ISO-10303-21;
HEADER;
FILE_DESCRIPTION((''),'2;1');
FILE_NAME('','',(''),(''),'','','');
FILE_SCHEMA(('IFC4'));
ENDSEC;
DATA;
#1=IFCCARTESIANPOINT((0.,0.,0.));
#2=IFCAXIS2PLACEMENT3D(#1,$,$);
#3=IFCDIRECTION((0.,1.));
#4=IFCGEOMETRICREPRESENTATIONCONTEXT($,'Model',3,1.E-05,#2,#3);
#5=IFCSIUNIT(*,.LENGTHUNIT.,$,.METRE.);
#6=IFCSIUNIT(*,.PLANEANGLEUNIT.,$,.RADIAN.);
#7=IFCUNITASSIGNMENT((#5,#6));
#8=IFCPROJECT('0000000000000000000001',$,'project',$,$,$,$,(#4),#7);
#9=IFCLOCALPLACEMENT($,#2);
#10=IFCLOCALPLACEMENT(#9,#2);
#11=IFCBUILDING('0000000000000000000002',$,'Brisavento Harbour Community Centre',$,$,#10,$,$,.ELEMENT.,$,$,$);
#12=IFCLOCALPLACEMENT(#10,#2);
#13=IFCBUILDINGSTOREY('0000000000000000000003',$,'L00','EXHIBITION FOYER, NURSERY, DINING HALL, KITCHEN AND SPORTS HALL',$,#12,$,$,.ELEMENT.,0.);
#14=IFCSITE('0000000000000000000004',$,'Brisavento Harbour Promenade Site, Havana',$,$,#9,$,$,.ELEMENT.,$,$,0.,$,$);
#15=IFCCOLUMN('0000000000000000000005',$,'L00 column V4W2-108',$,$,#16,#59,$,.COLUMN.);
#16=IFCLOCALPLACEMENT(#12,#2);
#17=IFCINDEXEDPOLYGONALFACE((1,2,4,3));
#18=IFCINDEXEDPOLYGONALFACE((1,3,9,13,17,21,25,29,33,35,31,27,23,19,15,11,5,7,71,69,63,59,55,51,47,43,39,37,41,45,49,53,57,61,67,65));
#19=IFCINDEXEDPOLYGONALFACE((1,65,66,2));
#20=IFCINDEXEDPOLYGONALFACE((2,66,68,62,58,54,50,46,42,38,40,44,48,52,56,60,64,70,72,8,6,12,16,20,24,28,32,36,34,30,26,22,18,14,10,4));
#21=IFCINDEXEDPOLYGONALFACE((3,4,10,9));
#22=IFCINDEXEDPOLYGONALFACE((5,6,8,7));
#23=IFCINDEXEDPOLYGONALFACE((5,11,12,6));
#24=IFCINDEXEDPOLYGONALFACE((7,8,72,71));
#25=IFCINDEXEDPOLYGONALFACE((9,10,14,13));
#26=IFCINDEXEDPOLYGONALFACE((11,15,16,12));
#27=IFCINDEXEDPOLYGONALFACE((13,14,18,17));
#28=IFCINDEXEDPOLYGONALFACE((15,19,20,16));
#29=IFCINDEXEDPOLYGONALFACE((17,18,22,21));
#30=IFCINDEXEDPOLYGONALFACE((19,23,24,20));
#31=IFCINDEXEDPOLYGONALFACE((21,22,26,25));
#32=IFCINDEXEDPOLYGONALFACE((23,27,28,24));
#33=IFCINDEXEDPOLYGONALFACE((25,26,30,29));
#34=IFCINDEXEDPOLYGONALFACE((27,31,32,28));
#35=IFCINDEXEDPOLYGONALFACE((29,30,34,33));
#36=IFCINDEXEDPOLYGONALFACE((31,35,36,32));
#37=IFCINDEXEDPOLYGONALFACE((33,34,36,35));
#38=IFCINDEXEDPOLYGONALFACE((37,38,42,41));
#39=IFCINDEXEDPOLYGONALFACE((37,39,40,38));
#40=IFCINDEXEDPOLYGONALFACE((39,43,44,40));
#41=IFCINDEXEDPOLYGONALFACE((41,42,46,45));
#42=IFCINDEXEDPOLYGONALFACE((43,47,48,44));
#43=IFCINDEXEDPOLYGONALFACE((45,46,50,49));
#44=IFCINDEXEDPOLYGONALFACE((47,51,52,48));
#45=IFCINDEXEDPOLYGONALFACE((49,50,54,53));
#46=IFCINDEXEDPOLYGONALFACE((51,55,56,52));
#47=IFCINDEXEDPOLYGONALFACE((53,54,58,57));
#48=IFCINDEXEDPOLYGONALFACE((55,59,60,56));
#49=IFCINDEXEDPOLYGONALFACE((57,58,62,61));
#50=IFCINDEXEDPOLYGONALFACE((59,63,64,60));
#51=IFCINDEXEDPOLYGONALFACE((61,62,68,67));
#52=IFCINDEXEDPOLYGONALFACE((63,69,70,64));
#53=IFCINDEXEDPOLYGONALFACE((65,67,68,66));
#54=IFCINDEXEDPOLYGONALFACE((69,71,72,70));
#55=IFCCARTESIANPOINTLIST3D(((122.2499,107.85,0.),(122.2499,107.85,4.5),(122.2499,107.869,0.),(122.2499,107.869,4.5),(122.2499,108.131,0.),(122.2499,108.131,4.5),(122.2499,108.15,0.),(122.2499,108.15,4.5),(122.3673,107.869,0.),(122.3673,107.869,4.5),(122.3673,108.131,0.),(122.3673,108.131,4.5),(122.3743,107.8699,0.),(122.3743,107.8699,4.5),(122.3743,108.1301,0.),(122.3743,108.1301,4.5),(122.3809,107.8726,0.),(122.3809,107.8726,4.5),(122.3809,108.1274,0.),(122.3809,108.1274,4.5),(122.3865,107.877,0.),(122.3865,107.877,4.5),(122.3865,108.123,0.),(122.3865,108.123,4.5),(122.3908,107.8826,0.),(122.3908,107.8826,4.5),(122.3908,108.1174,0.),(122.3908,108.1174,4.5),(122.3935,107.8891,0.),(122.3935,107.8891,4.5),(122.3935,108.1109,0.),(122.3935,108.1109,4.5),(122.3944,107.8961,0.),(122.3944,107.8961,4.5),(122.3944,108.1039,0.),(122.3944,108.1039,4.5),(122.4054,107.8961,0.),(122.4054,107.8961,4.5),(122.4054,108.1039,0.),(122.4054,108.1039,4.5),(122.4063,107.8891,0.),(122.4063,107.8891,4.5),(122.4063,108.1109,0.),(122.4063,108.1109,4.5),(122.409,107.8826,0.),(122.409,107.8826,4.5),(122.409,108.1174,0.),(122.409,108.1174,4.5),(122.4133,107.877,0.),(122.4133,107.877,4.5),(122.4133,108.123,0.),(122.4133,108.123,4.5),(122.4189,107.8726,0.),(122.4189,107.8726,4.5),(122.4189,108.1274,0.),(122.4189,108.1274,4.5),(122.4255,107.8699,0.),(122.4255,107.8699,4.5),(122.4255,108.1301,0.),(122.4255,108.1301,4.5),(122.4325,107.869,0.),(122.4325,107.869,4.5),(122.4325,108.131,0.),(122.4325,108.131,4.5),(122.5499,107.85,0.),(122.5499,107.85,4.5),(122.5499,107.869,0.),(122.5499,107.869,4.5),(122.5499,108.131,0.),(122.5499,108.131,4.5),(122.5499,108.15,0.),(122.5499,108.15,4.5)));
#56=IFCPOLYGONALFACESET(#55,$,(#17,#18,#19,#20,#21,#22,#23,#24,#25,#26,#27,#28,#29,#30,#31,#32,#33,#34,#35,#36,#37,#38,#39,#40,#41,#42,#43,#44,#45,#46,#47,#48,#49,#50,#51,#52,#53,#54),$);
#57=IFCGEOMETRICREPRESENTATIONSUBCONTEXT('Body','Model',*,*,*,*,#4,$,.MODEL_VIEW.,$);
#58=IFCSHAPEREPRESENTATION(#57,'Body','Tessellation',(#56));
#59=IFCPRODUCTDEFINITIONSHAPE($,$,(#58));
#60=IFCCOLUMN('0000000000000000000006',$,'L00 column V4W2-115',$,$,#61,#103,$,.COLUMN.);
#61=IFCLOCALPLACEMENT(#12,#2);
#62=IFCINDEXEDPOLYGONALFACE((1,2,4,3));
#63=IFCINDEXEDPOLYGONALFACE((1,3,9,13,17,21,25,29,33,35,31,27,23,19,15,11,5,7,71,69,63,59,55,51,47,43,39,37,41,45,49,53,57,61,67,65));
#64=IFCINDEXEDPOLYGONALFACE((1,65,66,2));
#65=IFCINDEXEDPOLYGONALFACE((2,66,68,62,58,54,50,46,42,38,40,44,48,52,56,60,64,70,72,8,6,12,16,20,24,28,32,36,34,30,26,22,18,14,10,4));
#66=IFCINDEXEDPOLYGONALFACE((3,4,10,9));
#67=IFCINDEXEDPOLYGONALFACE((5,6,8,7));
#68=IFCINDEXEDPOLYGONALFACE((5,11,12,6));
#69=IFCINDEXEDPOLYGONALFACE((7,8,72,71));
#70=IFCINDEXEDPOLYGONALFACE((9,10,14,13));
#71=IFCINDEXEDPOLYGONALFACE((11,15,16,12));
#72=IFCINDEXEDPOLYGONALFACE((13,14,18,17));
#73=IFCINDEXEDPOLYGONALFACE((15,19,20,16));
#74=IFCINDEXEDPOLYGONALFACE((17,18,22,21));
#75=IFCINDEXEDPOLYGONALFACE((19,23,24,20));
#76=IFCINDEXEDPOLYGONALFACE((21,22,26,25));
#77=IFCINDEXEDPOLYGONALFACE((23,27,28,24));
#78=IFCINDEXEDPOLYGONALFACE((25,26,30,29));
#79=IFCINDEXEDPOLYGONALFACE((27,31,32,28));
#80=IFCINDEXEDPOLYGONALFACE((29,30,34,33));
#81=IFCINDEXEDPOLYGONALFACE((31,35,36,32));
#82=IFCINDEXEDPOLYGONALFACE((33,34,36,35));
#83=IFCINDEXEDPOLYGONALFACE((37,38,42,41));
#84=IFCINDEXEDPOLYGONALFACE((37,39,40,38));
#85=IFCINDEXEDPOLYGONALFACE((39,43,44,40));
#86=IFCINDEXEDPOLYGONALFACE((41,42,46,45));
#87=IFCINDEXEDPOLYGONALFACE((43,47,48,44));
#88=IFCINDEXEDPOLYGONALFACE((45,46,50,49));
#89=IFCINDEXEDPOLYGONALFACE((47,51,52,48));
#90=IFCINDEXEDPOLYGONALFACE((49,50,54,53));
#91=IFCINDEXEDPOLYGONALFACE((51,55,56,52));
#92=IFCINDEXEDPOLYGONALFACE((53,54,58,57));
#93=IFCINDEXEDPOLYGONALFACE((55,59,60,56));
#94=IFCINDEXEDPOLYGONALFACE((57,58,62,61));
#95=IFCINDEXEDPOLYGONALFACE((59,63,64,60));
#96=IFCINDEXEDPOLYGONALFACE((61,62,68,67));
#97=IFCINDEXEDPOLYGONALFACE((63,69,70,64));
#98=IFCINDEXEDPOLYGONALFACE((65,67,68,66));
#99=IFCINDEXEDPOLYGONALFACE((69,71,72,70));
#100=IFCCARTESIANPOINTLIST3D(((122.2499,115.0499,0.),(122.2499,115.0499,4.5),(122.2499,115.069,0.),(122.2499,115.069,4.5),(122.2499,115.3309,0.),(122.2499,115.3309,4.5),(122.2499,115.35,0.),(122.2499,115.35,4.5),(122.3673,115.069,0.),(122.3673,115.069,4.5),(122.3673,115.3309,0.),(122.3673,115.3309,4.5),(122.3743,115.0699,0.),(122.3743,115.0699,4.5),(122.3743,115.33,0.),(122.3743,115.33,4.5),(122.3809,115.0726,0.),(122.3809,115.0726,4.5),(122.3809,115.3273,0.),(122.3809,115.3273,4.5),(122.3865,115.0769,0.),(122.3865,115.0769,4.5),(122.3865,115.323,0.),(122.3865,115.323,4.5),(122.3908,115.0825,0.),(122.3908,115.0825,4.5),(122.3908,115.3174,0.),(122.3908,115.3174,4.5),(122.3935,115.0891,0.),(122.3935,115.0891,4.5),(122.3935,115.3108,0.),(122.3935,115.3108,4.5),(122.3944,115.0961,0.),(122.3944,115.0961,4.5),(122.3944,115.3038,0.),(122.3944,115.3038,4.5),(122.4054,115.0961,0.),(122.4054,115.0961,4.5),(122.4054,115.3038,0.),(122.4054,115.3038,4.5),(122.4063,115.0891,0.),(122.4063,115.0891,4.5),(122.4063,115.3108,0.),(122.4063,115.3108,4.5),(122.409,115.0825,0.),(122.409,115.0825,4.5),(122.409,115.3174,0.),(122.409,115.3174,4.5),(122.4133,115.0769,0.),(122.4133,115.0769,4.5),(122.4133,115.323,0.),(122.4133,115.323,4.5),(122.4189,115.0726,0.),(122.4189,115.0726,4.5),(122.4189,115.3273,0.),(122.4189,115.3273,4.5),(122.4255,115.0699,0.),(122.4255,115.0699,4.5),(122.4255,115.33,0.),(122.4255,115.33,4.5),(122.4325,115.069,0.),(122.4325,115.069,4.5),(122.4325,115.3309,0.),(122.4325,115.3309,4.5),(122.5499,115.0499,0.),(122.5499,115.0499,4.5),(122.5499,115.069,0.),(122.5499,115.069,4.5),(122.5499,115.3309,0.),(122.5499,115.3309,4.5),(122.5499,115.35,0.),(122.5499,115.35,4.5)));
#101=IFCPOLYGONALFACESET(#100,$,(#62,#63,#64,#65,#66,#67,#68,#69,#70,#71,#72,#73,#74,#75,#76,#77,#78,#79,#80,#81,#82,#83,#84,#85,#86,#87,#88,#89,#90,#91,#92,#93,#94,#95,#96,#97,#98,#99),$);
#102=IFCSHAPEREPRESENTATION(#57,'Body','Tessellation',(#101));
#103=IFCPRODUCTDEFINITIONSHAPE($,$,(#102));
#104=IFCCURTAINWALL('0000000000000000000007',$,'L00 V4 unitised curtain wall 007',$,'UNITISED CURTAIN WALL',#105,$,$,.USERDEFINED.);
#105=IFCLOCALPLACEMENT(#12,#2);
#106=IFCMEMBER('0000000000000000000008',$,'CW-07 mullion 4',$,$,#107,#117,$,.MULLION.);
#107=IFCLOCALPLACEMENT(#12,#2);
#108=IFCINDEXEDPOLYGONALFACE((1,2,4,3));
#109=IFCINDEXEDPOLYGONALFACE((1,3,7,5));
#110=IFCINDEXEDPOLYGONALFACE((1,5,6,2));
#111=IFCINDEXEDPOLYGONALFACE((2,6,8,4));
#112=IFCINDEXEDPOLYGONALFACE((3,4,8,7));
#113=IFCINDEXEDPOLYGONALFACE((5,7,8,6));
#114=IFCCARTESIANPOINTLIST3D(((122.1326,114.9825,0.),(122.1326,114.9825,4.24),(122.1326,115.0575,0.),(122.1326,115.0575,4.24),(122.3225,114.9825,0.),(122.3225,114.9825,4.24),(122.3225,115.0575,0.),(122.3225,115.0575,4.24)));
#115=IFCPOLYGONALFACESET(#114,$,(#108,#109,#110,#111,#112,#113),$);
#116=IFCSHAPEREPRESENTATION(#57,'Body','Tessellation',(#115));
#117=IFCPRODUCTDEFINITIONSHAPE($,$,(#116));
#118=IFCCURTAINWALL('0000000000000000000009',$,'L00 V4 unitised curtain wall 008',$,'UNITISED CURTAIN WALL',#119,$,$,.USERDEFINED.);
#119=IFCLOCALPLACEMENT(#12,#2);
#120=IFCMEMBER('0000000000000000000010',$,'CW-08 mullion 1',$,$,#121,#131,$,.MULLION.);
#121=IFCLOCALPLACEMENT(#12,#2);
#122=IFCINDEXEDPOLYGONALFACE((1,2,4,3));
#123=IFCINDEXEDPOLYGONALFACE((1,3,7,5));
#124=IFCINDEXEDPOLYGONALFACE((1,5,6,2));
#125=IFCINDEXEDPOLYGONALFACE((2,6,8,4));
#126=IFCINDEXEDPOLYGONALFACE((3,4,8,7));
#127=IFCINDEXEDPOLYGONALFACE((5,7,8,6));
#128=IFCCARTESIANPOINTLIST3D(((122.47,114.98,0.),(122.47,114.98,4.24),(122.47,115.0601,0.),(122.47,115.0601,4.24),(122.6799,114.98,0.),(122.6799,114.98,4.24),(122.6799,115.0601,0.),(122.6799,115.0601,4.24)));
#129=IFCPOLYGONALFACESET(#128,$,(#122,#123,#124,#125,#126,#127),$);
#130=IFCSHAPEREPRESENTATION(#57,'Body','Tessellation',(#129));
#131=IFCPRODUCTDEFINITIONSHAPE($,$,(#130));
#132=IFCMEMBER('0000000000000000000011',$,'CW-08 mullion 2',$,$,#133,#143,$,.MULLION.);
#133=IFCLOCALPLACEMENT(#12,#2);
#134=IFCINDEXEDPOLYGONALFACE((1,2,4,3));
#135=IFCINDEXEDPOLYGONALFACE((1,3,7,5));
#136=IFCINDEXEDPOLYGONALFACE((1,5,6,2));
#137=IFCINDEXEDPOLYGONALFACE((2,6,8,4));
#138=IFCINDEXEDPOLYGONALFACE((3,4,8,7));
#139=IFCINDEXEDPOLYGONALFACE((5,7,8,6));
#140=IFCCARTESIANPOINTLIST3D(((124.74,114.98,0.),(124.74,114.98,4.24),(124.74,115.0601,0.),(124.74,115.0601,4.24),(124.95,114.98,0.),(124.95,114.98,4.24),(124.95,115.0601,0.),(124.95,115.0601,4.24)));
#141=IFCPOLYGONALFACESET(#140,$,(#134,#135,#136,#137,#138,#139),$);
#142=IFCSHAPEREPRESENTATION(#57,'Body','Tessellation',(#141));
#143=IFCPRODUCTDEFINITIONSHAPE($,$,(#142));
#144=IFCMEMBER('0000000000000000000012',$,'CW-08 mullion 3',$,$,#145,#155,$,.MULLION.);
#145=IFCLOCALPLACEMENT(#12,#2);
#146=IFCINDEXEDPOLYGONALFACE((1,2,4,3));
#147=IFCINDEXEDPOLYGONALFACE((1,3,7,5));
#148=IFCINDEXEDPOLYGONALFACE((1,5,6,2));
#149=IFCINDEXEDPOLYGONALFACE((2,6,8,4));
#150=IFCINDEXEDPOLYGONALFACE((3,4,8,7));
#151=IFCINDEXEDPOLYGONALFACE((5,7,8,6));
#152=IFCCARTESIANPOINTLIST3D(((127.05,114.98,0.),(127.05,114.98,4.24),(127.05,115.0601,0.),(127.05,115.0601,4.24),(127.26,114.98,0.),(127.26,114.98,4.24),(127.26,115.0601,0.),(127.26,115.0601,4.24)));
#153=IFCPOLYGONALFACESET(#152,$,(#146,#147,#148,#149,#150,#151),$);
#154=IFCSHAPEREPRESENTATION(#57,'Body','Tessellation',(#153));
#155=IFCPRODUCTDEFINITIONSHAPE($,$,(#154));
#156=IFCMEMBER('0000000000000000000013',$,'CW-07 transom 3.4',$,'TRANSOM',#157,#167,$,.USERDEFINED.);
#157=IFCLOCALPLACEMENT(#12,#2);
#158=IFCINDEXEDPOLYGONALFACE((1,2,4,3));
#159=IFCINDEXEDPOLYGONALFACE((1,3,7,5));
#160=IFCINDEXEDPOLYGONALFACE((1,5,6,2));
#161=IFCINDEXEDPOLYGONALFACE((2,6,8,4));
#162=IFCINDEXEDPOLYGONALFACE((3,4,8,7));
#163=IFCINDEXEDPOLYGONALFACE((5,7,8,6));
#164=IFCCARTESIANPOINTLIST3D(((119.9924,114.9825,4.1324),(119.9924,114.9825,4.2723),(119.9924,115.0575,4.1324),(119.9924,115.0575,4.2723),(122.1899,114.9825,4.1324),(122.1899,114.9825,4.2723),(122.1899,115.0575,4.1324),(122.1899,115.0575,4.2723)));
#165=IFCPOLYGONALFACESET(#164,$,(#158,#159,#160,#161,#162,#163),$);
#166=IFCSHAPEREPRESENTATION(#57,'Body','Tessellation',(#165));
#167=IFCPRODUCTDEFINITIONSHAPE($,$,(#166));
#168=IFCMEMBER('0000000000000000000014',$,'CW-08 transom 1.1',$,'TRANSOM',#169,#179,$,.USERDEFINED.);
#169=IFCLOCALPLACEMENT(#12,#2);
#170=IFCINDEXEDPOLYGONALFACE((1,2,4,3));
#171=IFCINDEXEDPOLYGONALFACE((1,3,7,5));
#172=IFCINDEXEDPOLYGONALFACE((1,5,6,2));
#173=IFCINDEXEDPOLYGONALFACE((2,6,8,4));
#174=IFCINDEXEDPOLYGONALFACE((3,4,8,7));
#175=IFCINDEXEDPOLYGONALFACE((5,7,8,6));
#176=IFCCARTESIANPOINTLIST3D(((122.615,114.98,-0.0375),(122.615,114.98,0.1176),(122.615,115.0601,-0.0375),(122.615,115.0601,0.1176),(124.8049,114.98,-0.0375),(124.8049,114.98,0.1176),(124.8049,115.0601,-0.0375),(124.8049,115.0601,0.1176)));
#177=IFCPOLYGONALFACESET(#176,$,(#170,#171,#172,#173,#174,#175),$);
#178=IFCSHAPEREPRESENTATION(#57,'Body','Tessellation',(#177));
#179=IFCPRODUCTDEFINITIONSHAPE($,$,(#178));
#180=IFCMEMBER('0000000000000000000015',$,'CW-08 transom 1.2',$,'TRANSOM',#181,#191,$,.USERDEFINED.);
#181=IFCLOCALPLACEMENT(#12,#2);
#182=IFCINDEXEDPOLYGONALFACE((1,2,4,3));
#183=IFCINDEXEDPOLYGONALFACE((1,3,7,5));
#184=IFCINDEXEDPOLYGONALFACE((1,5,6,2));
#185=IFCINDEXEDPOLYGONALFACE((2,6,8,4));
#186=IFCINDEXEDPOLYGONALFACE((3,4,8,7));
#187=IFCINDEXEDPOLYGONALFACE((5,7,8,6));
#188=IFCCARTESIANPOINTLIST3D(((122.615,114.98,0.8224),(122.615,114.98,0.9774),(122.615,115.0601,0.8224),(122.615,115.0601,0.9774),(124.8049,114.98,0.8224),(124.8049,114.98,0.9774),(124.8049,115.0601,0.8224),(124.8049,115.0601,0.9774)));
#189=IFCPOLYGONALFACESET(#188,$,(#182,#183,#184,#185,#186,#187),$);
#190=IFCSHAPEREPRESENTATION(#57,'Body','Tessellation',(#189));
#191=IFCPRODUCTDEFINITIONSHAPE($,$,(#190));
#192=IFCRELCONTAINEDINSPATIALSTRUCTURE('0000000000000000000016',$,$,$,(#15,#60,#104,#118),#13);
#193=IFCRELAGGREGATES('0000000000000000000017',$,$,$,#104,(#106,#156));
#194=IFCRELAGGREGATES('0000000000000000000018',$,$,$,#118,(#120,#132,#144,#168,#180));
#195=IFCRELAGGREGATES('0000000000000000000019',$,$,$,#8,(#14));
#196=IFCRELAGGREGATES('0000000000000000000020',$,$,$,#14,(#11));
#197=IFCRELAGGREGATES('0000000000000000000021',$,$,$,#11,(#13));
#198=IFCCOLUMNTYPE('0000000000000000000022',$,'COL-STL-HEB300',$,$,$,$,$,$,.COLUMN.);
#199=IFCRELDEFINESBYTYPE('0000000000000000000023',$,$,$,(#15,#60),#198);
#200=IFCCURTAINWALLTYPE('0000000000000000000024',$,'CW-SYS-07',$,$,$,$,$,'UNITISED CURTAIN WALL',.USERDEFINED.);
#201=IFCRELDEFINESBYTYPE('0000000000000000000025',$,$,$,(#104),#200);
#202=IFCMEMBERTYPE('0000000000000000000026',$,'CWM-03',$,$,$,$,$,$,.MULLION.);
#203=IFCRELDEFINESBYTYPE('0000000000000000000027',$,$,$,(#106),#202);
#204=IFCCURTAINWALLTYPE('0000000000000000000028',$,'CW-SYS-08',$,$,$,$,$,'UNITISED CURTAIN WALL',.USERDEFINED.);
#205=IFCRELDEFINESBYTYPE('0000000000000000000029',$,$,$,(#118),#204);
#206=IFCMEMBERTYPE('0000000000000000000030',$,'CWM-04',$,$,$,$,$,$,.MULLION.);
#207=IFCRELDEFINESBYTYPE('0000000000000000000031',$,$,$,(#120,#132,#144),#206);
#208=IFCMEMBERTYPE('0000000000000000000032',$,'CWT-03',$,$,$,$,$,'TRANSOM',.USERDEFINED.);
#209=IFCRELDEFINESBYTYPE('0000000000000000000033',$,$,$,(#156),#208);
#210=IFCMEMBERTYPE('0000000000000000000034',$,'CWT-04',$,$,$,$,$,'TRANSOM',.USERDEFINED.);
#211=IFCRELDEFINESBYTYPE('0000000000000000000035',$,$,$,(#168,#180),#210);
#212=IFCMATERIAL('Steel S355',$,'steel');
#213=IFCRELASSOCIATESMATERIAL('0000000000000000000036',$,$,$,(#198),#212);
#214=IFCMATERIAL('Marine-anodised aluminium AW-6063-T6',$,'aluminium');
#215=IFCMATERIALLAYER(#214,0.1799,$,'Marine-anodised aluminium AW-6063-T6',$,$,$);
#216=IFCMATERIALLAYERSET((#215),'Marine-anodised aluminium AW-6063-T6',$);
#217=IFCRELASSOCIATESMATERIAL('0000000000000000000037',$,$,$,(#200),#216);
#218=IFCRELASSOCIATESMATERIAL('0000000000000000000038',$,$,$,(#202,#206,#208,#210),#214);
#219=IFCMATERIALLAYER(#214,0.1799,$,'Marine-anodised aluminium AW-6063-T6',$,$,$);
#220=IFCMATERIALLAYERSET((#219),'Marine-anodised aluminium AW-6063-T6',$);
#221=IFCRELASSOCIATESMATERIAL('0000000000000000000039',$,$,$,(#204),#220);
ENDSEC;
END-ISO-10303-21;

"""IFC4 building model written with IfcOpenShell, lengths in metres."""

from ifc_helpers import new_model, si_unit, direction, frame, origin, origin_2d, place, context, subcontext, project, spatial, rectangle, i_section, extrude, material, layer, layer_set, material_profile, profile_set, type_object, element, aggregate, save


model = new_model("IFC4")

# Units and contexts
model_context = context("Model", 3, precision=1e-05, world=origin(), true_north=direction((0.0, 1.0)))
body_context = subcontext(model_context, "Body", "Model", "MODEL_VIEW")
ifc_project = project(units=[si_unit("LENGTHUNIT", "METRE"), si_unit("PLANEANGLEUNIT", "RADIAN")], contexts=[model_context])

# Site, building, storey
site_placement = place(None, origin())
site = spatial("IfcSite", under=ifc_project, at=site_placement, Name="Brisavento Harbour Promenade Site, Havana", CompositionType="ELEMENT", RefElevation=0.0)
building_placement = place(site_placement, origin())
building = spatial("IfcBuilding", under=site, at=building_placement, Name="Brisavento Harbour Community Centre", CompositionType="ELEMENT")
storey_placement = place(building_placement, origin())
storey = spatial("IfcBuildingStorey", under=building, at=storey_placement, Name="L00", Description="EXHIBITION FOYER, NURSERY, DINING HALL, KITCHEN AND SPORTS HALL", CompositionType="ELEMENT", Elevation=0.0)

# Columns
ifc_material_1 = material(Name="Steel S355", Category="steel")
ifc_material_profile_1 = material_profile(ifc_material_1, i_section(OverallWidth=0.3, OverallDepth=0.3, WebThickness=0.011, FlangeThickness=0.019, FilletRadius=0.0271, at=origin_2d()), Name="Steel S355")
ifc_profile_set_1 = profile_set([ifc_material_profile_1], Name="Steel S355")
column_type = type_object("IfcColumnType", Name="COL-STL-HEB300", PredefinedType="COLUMN", material=ifc_profile_set_1)
for number, where, z_axis, x_axis, name in (
    (1, (122.3999, 108.0, 0.0), (0.0, 0.0, 1.0), (1.0, 0.0, 0.0), "L00 column V4W2-108"),
    (2, (122.3999, 115.2, 0.0), (0.0, 0.0, 1.0), (1.0, 0.0, 0.0), "L00 column V4W2-115"),
):
    element("IfcColumn", number, at=place(storey_placement, frame(where, z_axis=z_axis, x_axis=x_axis)), inside=storey, type_object=column_type, Name=name, PredefinedType="COLUMN", context=body_context, shape_type="SweptSolid", body=[
        extrude(i_section(OverallWidth=0.3, OverallDepth=0.3, WebThickness=0.011, FlangeThickness=0.019, FilletRadius=0.0271, at=origin_2d()), origin(), (0.0, 0.0, 1.0), 4.5),
    ])

# Curtain wall, member
ifc_material_2 = material(Name="Marine-anodised aluminium AW-6063-T6", Category="aluminium")
ifc_layer_1 = layer(ifc_material_2, 0.1799, Name="Marine-anodised aluminium AW-6063-T6")
ifc_layer_set_1 = layer_set([ifc_layer_1], Name="Marine-anodised aluminium AW-6063-T6")
curtain_wall_type_1 = type_object("IfcCurtainWallType", Name="CW-SYS-07", ElementType="UNITISED CURTAIN WALL", PredefinedType="USERDEFINED", material=ifc_layer_set_1)
curtain_wall_1_placement = place(storey_placement, origin())
curtain_wall_1 = element("IfcCurtainWall", 3, at=curtain_wall_1_placement, inside=storey, type_object=curtain_wall_type_1, Name="L00 V4 unitised curtain wall 007", ObjectType="UNITISED CURTAIN WALL", PredefinedType="USERDEFINED")
ifc_material_profile_2 = material_profile(ifc_material_2, rectangle(XDim=0.075, YDim=0.1899, at=origin_2d()), Name="Marine-anodised aluminium AW-6063-T6")
ifc_profile_set_2 = profile_set([ifc_material_profile_2], Name="Marine-anodised aluminium AW-6063-T6")
member_type_1 = type_object("IfcMemberType", Name="CWM-03", PredefinedType="MULLION", material=ifc_profile_set_2)
member_1_placement = place(storey_placement, frame((122.2275, 115.02, 0.0), z_axis=(0.0, 0.0, 1.0), x_axis=(0.0, 1.0, 0.0)))
member_1 = element("IfcMember", 4, at=member_1_placement, type_object=member_type_1, Name="CW-07 mullion 4", PredefinedType="MULLION", context=body_context, shape_type="SweptSolid", body=[
    extrude(rectangle(XDim=0.075, YDim=0.1899, at=origin_2d()), origin(), (0.0, 0.0, 1.0), 4.24),
])

# Curtain wall, members
ifc_layer_2 = layer(ifc_material_2, 0.1799, Name="Marine-anodised aluminium AW-6063-T6")
ifc_layer_set_2 = layer_set([ifc_layer_2], Name="Marine-anodised aluminium AW-6063-T6")
curtain_wall_type_2 = type_object("IfcCurtainWallType", Name="CW-SYS-08", ElementType="UNITISED CURTAIN WALL", PredefinedType="USERDEFINED", material=ifc_layer_set_2)
curtain_wall_2_placement = place(storey_placement, origin())
curtain_wall_2 = element("IfcCurtainWall", 5, at=curtain_wall_2_placement, inside=storey, type_object=curtain_wall_type_2, Name="L00 V4 unitised curtain wall 008", ObjectType="UNITISED CURTAIN WALL", PredefinedType="USERDEFINED")
ifc_material_profile_3 = material_profile(ifc_material_2, rectangle(XDim=0.0801, YDim=0.21, at=origin_2d()), Name="Marine-anodised aluminium AW-6063-T6")
ifc_profile_set_3 = profile_set([ifc_material_profile_3], Name="Marine-anodised aluminium AW-6063-T6")
member_type_2 = type_object("IfcMemberType", Name="CWM-04", PredefinedType="MULLION", material=ifc_profile_set_3)
member_2_placement = place(storey_placement, frame((122.575, 115.02, 0.0), z_axis=(0.0, 0.0, 1.0), x_axis=(0.0, 1.0, 0.0)))
member_2 = element("IfcMember", 6, at=member_2_placement, type_object=member_type_2, Name="CW-08 mullion 1", PredefinedType="MULLION", context=body_context, shape_type="SweptSolid", body=[
    extrude(rectangle(XDim=0.0801, YDim=0.21, at=origin_2d()), origin(), (0.0, 0.0, 1.0), 4.24),
])
member_3_placement = place(storey_placement, frame((124.845, 115.02, 0.0), z_axis=(0.0, 0.0, 1.0), x_axis=(0.0, 1.0, 0.0)))
member_3 = element("IfcMember", 7, at=member_3_placement, type_object=member_type_2, Name="CW-08 mullion 2", PredefinedType="MULLION", context=body_context, shape_type="SweptSolid", body=[
    extrude(rectangle(XDim=0.0801, YDim=0.21, at=origin_2d()), origin(), (0.0, 0.0, 1.0), 4.24),
])
member_4_placement = place(storey_placement, frame((127.155, 115.02, 0.0), z_axis=(0.0, 0.0, 1.0), x_axis=(0.0, 1.0, 0.0)))
member_4 = element("IfcMember", 8, at=member_4_placement, type_object=member_type_2, Name="CW-08 mullion 3", PredefinedType="MULLION", context=body_context, shape_type="SweptSolid", body=[
    extrude(rectangle(XDim=0.0801, YDim=0.21, at=origin_2d()), origin(), (0.0, 0.0, 1.0), 4.24),
])

# Members
ifc_material_profile_4 = material_profile(ifc_material_2, rectangle(XDim=0.075, YDim=0.1399, at=origin_2d()), Name="Marine-anodised aluminium AW-6063-T6")
ifc_profile_set_4 = profile_set([ifc_material_profile_4], Name="Marine-anodised aluminium AW-6063-T6")
member_type_3 = type_object("IfcMemberType", Name="CWT-03", ElementType="TRANSOM", PredefinedType="USERDEFINED", material=ifc_profile_set_4)
member_5_placement = place(storey_placement, frame((119.9924, 115.02, 4.2024), z_axis=(1.0, 0.0, 0.0), x_axis=(0.0, 1.0, 0.0)))
member_5 = element("IfcMember", 9, at=member_5_placement, type_object=member_type_3, Name="CW-07 transom 3.4", ObjectType="TRANSOM", PredefinedType="USERDEFINED", context=body_context, shape_type="SweptSolid", body=[
    extrude(rectangle(XDim=0.075, YDim=0.1399, at=origin_2d()), origin(), (0.0, 0.0, 1.0), 2.1975),
])
ifc_material_profile_5 = material_profile(ifc_material_2, rectangle(XDim=0.0801, YDim=0.155, at=origin_2d()), Name="Marine-anodised aluminium AW-6063-T6")
ifc_profile_set_5 = profile_set([ifc_material_profile_5], Name="Marine-anodised aluminium AW-6063-T6")
member_type_4 = type_object("IfcMemberType", Name="CWT-04", ElementType="TRANSOM", PredefinedType="USERDEFINED", material=ifc_profile_set_5)
member_6_placement = place(storey_placement, frame((122.615, 115.02, 0.04), z_axis=(1.0, 0.0, 0.0), x_axis=(0.0, 1.0, 0.0)))
member_6 = element("IfcMember", 10, at=member_6_placement, type_object=member_type_4, Name="CW-08 transom 1.1", ObjectType="TRANSOM", PredefinedType="USERDEFINED", context=body_context, shape_type="SweptSolid", body=[
    extrude(rectangle(XDim=0.0801, YDim=0.155, at=origin_2d()), origin(), (0.0, 0.0, 1.0), 2.1899),
])
member_7_placement = place(storey_placement, frame((122.615, 115.02, 0.8999), z_axis=(1.0, 0.0, 0.0), x_axis=(0.0, 1.0, 0.0)))
member_7 = element("IfcMember", 11, at=member_7_placement, type_object=member_type_4, Name="CW-08 transom 1.2", ObjectType="TRANSOM", PredefinedType="USERDEFINED", context=body_context, shape_type="SweptSolid", body=[
    extrude(rectangle(XDim=0.0801, YDim=0.155, at=origin_2d()), origin(), (0.0, 0.0, 1.0), 2.1899),
])

aggregate(curtain_wall_1, [member_1, member_5])
aggregate(curtain_wall_2, [member_2, member_3, member_4, member_6, member_7])

save(model, "model.ifc")
